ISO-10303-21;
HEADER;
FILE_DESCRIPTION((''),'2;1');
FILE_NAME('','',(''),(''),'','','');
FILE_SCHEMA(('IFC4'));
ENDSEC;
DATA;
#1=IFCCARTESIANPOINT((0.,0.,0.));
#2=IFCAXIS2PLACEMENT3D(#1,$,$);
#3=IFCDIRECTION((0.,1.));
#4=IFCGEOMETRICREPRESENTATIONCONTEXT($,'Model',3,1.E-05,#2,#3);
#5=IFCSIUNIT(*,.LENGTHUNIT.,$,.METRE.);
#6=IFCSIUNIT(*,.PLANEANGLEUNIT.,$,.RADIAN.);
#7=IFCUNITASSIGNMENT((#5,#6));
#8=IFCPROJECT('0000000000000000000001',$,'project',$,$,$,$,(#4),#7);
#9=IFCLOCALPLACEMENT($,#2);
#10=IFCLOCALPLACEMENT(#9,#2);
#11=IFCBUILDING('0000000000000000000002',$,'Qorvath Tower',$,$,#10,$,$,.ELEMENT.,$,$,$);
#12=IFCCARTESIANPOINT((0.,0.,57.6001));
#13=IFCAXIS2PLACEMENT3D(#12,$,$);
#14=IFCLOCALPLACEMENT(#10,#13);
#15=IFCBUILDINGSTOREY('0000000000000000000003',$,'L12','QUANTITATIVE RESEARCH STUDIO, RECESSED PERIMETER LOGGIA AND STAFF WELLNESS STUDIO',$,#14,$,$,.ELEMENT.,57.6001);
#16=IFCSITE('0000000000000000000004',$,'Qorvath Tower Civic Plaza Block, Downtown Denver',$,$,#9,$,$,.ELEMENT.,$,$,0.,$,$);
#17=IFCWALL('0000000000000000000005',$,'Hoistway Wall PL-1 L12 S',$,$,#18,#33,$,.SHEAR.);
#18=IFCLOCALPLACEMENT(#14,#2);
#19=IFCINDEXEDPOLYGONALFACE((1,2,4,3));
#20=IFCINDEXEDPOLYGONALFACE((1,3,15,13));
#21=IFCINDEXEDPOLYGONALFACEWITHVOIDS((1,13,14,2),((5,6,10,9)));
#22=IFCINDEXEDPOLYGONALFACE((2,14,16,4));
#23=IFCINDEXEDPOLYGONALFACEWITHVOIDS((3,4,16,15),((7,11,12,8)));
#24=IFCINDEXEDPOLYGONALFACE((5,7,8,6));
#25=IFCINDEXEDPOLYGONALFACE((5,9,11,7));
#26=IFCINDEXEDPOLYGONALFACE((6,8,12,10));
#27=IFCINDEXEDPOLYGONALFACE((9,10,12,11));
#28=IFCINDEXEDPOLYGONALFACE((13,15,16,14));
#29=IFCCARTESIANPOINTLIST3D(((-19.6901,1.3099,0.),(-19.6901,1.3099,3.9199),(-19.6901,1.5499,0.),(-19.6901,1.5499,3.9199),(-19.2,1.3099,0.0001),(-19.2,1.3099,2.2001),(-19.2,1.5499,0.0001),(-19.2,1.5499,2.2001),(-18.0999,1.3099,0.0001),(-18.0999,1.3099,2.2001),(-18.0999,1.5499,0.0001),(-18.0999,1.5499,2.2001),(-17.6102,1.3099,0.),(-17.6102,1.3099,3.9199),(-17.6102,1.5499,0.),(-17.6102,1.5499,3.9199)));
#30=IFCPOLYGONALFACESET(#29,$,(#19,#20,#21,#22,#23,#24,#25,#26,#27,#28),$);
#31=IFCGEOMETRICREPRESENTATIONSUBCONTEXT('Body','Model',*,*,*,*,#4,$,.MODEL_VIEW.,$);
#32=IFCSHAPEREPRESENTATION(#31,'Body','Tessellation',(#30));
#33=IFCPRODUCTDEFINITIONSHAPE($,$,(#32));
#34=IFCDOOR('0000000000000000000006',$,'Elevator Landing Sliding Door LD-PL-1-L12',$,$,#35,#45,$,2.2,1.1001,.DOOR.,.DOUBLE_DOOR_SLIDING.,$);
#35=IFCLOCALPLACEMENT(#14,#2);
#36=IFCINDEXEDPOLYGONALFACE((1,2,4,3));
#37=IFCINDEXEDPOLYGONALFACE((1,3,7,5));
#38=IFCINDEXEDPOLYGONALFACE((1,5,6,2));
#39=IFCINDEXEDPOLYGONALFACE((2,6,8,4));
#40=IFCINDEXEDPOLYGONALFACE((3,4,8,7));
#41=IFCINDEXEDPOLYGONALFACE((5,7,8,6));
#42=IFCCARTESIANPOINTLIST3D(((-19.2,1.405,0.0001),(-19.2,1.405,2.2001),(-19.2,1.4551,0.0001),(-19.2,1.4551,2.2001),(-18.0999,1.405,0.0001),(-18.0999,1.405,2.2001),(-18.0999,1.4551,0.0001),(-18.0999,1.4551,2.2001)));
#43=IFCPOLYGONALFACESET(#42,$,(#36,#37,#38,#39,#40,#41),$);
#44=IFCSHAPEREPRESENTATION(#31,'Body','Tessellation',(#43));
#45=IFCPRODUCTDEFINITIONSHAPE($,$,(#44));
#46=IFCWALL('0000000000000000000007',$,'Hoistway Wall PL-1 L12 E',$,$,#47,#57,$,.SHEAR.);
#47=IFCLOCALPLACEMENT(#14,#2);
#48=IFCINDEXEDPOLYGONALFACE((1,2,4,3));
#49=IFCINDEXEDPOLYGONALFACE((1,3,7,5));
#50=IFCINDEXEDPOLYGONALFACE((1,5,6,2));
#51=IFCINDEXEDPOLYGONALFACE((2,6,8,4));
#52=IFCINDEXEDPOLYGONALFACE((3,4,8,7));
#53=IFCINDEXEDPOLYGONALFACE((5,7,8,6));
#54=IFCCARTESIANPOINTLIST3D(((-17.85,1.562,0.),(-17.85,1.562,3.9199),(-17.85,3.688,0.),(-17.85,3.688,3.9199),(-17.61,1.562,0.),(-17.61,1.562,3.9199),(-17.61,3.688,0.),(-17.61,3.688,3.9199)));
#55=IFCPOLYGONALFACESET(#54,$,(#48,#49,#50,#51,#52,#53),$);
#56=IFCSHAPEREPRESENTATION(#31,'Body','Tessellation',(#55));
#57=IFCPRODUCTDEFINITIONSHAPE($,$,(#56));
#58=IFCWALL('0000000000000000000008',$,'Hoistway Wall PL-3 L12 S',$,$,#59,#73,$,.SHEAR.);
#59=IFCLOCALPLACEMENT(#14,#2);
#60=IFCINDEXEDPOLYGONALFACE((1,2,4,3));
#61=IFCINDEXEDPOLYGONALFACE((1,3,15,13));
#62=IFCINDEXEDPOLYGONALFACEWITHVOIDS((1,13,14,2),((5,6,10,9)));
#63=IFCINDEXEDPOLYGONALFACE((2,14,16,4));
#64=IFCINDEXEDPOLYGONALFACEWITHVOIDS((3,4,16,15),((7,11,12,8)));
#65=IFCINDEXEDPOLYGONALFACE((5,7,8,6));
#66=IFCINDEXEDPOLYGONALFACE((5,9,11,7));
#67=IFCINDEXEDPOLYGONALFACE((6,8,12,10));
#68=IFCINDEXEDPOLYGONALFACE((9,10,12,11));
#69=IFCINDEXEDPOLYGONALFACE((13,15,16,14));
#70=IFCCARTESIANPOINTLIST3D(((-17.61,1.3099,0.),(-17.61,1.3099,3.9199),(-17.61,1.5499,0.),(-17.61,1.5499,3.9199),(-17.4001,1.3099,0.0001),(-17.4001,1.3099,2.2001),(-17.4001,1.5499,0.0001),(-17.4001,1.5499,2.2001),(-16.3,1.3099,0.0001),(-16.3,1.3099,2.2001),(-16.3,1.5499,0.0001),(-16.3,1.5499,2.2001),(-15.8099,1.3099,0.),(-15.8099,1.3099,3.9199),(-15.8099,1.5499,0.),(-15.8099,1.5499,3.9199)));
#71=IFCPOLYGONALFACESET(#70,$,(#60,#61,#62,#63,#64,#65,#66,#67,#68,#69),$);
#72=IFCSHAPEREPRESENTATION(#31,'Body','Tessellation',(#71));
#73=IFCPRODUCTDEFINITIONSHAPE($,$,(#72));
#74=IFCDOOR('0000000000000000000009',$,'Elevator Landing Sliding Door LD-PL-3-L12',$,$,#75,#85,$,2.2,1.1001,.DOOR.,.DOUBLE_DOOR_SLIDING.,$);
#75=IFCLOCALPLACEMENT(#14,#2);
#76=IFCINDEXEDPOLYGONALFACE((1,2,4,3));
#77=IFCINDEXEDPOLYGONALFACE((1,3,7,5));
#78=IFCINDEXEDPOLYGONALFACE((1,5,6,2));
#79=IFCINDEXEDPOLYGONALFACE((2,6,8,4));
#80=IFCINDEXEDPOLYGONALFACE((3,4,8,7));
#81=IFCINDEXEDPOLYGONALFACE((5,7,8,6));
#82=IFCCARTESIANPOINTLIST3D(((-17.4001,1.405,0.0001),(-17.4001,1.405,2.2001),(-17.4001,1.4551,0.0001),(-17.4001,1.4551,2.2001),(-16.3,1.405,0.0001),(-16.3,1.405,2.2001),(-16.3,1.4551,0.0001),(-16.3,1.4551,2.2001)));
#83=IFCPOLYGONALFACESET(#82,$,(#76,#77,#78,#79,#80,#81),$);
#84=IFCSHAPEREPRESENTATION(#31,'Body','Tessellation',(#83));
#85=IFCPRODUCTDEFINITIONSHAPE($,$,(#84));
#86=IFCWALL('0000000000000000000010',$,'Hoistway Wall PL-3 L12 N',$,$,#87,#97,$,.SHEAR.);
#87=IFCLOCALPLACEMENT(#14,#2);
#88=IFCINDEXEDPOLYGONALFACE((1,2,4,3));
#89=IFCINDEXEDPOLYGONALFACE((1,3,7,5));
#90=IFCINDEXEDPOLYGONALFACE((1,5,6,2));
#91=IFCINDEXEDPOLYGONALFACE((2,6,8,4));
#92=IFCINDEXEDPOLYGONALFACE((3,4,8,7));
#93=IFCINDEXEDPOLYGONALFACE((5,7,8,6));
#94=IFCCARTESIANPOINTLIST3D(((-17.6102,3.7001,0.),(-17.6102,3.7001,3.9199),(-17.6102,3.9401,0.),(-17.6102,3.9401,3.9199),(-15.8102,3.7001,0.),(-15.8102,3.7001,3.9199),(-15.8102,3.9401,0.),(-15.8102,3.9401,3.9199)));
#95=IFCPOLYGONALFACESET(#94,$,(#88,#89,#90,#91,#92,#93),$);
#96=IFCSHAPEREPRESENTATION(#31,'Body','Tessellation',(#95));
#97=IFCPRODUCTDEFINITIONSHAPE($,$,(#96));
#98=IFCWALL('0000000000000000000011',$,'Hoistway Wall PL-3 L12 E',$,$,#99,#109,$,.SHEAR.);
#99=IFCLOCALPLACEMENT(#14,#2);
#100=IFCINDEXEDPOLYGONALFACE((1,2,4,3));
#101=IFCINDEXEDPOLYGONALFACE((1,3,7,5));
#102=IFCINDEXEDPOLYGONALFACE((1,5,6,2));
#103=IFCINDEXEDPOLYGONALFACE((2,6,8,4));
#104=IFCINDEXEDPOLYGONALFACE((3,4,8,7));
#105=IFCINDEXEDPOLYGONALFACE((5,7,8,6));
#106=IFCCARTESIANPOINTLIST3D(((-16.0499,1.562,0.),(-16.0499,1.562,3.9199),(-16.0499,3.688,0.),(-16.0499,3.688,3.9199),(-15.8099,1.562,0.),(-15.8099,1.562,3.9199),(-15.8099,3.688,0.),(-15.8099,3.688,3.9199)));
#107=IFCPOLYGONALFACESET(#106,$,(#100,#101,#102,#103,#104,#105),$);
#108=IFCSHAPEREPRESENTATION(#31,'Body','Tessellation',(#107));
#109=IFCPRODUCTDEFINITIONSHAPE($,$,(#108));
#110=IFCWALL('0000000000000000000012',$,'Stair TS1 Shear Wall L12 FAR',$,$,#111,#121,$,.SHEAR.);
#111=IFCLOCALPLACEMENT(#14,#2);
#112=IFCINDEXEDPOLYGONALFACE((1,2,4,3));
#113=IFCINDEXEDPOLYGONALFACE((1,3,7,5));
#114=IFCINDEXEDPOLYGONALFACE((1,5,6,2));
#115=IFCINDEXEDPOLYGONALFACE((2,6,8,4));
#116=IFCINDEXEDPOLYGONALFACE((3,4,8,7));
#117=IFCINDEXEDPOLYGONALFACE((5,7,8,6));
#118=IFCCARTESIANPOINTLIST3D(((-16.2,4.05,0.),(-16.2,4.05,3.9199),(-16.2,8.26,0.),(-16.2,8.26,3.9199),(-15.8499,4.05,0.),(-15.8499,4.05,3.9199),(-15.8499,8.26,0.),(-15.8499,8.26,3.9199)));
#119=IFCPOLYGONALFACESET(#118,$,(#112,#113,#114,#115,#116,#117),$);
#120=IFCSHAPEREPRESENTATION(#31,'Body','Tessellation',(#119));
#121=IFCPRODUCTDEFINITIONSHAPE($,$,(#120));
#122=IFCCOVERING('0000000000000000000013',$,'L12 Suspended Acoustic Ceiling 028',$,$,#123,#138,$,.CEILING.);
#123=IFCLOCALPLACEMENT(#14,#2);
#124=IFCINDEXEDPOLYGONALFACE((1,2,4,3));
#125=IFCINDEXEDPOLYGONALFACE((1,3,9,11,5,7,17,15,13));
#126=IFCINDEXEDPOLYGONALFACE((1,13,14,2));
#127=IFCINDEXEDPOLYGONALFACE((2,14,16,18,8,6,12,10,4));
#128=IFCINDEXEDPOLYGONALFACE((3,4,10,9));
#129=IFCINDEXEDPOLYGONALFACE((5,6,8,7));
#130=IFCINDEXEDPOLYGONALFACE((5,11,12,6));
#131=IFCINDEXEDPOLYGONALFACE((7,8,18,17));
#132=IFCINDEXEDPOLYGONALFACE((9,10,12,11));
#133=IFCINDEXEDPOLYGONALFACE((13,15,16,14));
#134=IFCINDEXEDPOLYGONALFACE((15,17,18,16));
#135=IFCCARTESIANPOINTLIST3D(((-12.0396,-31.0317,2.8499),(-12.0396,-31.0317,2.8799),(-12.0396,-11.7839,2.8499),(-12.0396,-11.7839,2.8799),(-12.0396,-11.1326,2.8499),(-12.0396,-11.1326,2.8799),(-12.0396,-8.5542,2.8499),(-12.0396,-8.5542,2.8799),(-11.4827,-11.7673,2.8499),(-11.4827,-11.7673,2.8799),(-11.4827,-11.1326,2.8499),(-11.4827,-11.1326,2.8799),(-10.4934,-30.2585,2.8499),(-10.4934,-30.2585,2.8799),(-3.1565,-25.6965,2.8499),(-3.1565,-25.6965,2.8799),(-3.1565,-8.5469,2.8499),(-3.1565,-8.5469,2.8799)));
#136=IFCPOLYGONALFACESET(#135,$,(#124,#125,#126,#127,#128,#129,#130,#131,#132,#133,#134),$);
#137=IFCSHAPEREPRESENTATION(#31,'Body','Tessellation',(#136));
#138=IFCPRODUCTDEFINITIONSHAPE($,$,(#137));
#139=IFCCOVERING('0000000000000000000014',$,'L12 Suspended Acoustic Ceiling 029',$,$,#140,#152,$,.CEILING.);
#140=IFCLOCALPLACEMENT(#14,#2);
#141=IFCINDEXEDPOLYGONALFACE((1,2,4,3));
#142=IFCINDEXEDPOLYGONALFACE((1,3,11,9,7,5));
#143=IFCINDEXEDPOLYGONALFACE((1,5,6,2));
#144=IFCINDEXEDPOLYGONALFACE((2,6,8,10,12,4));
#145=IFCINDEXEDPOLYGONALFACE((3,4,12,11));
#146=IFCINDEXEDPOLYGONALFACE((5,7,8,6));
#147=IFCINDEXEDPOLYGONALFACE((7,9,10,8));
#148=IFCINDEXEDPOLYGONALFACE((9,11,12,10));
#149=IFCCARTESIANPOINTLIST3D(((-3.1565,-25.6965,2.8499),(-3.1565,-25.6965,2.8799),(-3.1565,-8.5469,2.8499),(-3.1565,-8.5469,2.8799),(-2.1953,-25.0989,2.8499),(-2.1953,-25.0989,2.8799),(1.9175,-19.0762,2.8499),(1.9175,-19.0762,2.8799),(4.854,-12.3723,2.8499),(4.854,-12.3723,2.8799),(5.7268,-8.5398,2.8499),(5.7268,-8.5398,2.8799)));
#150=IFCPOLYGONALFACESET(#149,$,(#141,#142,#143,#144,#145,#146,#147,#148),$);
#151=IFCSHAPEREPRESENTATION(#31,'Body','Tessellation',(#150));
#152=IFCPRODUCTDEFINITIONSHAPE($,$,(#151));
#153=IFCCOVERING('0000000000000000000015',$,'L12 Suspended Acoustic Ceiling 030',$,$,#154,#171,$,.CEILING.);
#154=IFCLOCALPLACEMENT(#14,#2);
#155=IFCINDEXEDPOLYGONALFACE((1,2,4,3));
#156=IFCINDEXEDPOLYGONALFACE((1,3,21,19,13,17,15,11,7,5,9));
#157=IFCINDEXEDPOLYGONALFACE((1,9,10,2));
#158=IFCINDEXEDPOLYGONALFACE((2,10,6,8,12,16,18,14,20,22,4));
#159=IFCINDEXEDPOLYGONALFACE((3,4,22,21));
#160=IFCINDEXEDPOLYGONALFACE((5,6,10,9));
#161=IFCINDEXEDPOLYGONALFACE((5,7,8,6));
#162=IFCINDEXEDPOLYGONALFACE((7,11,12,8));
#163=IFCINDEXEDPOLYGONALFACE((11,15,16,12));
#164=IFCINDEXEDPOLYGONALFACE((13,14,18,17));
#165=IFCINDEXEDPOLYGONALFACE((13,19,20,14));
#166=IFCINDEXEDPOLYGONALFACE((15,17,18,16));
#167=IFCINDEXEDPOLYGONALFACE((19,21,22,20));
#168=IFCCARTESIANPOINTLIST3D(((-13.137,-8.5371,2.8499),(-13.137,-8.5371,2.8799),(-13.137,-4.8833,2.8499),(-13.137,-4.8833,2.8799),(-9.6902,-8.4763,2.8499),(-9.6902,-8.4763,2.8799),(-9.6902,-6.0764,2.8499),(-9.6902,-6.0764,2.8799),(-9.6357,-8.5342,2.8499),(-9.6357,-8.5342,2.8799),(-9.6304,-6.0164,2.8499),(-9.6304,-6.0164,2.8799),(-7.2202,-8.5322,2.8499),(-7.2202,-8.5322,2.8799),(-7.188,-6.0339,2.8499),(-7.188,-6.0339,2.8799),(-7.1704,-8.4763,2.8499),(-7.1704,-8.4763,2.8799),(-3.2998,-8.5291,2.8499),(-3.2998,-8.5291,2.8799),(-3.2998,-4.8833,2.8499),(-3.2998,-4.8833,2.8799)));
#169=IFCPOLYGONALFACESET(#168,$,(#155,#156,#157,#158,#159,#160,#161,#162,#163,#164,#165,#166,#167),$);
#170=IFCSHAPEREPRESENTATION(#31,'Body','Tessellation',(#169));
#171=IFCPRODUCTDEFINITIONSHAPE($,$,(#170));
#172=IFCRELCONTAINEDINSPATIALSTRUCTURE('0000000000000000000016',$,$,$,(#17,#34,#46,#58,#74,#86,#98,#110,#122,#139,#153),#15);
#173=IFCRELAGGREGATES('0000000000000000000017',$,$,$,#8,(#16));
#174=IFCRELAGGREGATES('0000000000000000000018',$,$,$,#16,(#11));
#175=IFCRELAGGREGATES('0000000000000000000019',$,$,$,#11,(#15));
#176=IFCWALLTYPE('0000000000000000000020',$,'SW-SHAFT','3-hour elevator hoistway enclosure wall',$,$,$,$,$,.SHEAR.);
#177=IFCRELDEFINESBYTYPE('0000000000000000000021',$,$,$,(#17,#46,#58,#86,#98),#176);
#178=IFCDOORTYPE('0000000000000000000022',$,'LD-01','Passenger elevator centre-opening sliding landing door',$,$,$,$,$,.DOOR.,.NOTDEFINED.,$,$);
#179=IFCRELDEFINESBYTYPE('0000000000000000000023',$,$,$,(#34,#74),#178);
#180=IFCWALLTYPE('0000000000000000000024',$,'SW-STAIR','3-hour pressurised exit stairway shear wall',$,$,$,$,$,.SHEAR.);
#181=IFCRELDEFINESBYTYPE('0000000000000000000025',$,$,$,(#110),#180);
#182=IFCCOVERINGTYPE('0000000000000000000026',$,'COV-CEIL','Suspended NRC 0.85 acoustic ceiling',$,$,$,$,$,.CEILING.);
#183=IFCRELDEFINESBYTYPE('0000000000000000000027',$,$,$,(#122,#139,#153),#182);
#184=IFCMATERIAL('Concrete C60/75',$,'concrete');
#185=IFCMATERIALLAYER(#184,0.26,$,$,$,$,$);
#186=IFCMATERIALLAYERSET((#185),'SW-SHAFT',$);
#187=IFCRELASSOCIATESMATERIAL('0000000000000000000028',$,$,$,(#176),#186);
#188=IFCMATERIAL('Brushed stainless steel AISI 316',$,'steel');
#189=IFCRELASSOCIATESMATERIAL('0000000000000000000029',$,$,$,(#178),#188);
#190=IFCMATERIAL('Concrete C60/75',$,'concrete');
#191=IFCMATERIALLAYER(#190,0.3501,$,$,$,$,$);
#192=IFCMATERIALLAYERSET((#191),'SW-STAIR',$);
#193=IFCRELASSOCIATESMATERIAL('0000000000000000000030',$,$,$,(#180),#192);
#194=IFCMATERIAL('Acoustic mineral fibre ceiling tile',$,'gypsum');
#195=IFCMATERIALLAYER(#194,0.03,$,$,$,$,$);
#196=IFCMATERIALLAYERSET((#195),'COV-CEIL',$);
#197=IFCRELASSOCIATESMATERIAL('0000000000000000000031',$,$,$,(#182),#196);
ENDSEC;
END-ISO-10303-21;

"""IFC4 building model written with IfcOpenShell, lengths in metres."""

from ifc_helpers import new_model, si_unit, direction, frame, frame_2d, origin, place, context, subcontext, project, spatial, polyline, rectangle, outline, extrude, material, layer, layer_set, type_object, element, fill, save


model = new_model("IFC4")

# Units and contexts
model_context = context("Model", 3, precision=1e-05, world=origin(), true_north=direction((0.0, 1.0)))
body_context = subcontext(model_context, "Body", "Model", "MODEL_VIEW")
ifc_project = project(units=[si_unit("LENGTHUNIT", "METRE"), si_unit("PLANEANGLEUNIT", "RADIAN")], contexts=[model_context])

# Site, building, storey
site_placement = place(None, origin())
site = spatial("IfcSite", under=ifc_project, at=site_placement, Name="Qorvath Tower Civic Plaza Block, Downtown Denver", CompositionType="ELEMENT", RefElevation=0.0)
building_placement = place(site_placement, origin())
building = spatial("IfcBuilding", under=site, at=building_placement, Name="Qorvath Tower", CompositionType="ELEMENT")
storey_placement = place(building_placement, frame((0.0, 0.0, 57.6001)))
storey = spatial("IfcBuildingStorey", under=building, at=storey_placement, Name="L12", Description="QUANTITATIVE RESEARCH STUDIO, RECESSED PERIMETER LOGGIA AND STAFF WELLNESS STUDIO", CompositionType="ELEMENT", Elevation=57.6001)

# Wall, opening, door
ifc_material_1 = material(Name="Concrete C60/75", Category="concrete")
ifc_layer_1 = layer(ifc_material_1, 0.26)
ifc_layer_set_1 = layer_set([ifc_layer_1], Name="SW-SHAFT")
wall_type_1 = type_object("IfcWallType", Name="SW-SHAFT", Description="3-hour elevator hoistway enclosure wall", PredefinedType="SHEAR", material=ifc_layer_set_1)
wall_1_placement = place(storey_placement, frame((-17.6101, 1.4299, 0.0), z_axis=(0.0, 0.0, 1.0), x_axis=(-1.0, 0.0, 0.0)))
wall_1 = element("IfcWall", 1, at=wall_1_placement, inside=storey, type_object=wall_type_1, Name="Hoistway Wall PL-1 L12 S", PredefinedType="SHEAR", context=body_context, shape_type="SweptSolid", body=[
    extrude(rectangle(XDim=2.0798, YDim=0.24, at=frame_2d((1.04, 0.0))), origin(), (0.0, 0.0, 1.0), 3.9199),
])
opening_1_placement = place(wall_1_placement, frame((0.4897, 0.0, 0.0)))
opening_1 = element("IfcOpeningElement", 2, at=opening_1_placement, cuts=wall_1, PredefinedType="OPENING", context=body_context, shape_type="SweptSolid", body=[
    extrude(rectangle(XDim=1.1001, YDim=2.2, at=frame_2d((0.55, 1.1001))), frame((0.0, 0.1299, 0.0), z_axis=(0.0, -1.0, 0.0), x_axis=(1.0, 0.0, 0.0)), (0.0, 0.0, 1.0), 0.26),
])
ifc_material_2 = material(Name="Brushed stainless steel AISI 316", Category="steel")
door_type_1 = type_object("IfcDoorType", Name="LD-01", Description="Passenger elevator centre-opening sliding landing door", OperationType="NOTDEFINED", PredefinedType="DOOR", material=ifc_material_2)
door_1_placement = place(opening_1_placement, origin())
door_1 = element("IfcDoor", 3, at=door_1_placement, inside=storey, type_object=door_type_1, Name="Elevator Landing Sliding Door LD-PL-1-L12", OperationType="DOUBLE_DOOR_SLIDING", OverallHeight=2.2, OverallWidth=1.1001, PredefinedType="DOOR", context=body_context, shape_type="SweptSolid", body=[
    extrude(rectangle(XDim=1.1001, YDim=2.2, at=frame_2d((0.55, 1.1001))), frame((0.0, 0.0249, 0.0), z_axis=(0.0, -1.0, 0.0), x_axis=(1.0, 0.0, 0.0)), (0.0, 0.0, 1.0), 0.05),
])
fill(opening_1, door_1)

# Wall
wall_2_placement = place(storey_placement, frame((-17.73, 3.688, 0.0), z_axis=(0.0, 0.0, 1.0), x_axis=(0.0, -1.0, 0.0)))
element("IfcWall", 4, at=wall_2_placement, inside=storey, type_object=wall_type_1, Name="Hoistway Wall PL-1 L12 E", PredefinedType="SHEAR", context=body_context, shape_type="SweptSolid", body=[
    extrude(rectangle(XDim=2.126, YDim=0.24, at=frame_2d((1.063, 0.0))), origin(), (0.0, 0.0, 1.0), 3.9199),
])

# Wall, opening, door
wall_3_placement = place(storey_placement, frame((-15.8101, 1.4299, 0.0), z_axis=(0.0, 0.0, 1.0), x_axis=(-1.0, 0.0, 0.0)))
wall_3 = element("IfcWall", 5, at=wall_3_placement, inside=storey, type_object=wall_type_1, Name="Hoistway Wall PL-3 L12 S", PredefinedType="SHEAR", context=body_context, shape_type="SweptSolid", body=[
    extrude(rectangle(XDim=1.8, YDim=0.24, at=frame_2d((0.8999, 0.0))), origin(), (0.0, 0.0, 1.0), 3.9199),
])
opening_2_placement = place(wall_3_placement, frame((0.49, 0.0, 0.0)))
opening_2 = element("IfcOpeningElement", 6, at=opening_2_placement, cuts=wall_3, PredefinedType="OPENING", context=body_context, shape_type="SweptSolid", body=[
    extrude(rectangle(XDim=1.1001, YDim=2.2, at=frame_2d((0.55, 1.1001))), frame((0.0, 0.1299, 0.0), z_axis=(0.0, -1.0, 0.0), x_axis=(1.0, 0.0, 0.0)), (0.0, 0.0, 1.0), 0.26),
])
door_2_placement = place(opening_2_placement, origin())
door_2 = element("IfcDoor", 7, at=door_2_placement, inside=storey, type_object=door_type_1, Name="Elevator Landing Sliding Door LD-PL-3-L12", OperationType="DOUBLE_DOOR_SLIDING", OverallHeight=2.2, OverallWidth=1.1001, PredefinedType="DOOR", context=body_context, shape_type="SweptSolid", body=[
    extrude(rectangle(XDim=1.1001, YDim=2.2, at=frame_2d((0.55, 1.1001))), frame((0.0, 0.0249, 0.0), z_axis=(0.0, -1.0, 0.0), x_axis=(1.0, 0.0, 0.0)), (0.0, 0.0, 1.0), 0.05),
])
fill(opening_2, door_2)

# Walls
wall_4_placement = place(storey_placement, frame((-17.6101, 3.8201, 0.0), z_axis=(0.0, 0.0, 1.0), x_axis=(1.0, 0.0, 0.0)))
element("IfcWall", 8, at=wall_4_placement, inside=storey, type_object=wall_type_1, Name="Hoistway Wall PL-3 L12 N", PredefinedType="SHEAR", context=body_context, shape_type="SweptSolid", body=[
    extrude(rectangle(XDim=1.8, YDim=0.24, at=frame_2d((0.8999, 0.0))), origin(), (0.0, 0.0, 1.0), 3.9199),
])
wall_5_placement = place(storey_placement, frame((-15.9299, 3.688, 0.0), z_axis=(0.0, 0.0, 1.0), x_axis=(0.0, -1.0, 0.0)))
element("IfcWall", 9, at=wall_5_placement, inside=storey, type_object=wall_type_1, Name="Hoistway Wall PL-3 L12 E", PredefinedType="SHEAR", context=body_context, shape_type="SweptSolid", body=[
    extrude(rectangle(XDim=2.126, YDim=0.24, at=frame_2d((1.063, 0.0))), origin(), (0.0, 0.0, 1.0), 3.9199),
])
ifc_material_3 = material(Name="Concrete C60/75", Category="concrete")
ifc_layer_2 = layer(ifc_material_3, 0.3501)
ifc_layer_set_2 = layer_set([ifc_layer_2], Name="SW-STAIR")
wall_type_2 = type_object("IfcWallType", Name="SW-STAIR", Description="3-hour pressurised exit stairway shear wall", PredefinedType="SHEAR", material=ifc_layer_set_2)
wall_6_placement = place(storey_placement, frame((-16.0249, 4.05, 0.0), z_axis=(0.0, 0.0, 1.0), x_axis=(0.0, 1.0, 0.0)))
element("IfcWall", 10, at=wall_6_placement, inside=storey, type_object=wall_type_2, Name="Stair TS1 Shear Wall L12 FAR", PredefinedType="SHEAR", context=body_context, shape_type="SweptSolid", body=[
    extrude(rectangle(XDim=4.21, YDim=0.3501, at=frame_2d((2.105, 0.0))), origin(), (0.0, 0.0, 1.0), 3.9199),
])

# Coverings
ifc_material_4 = material(Name="Acoustic mineral fibre ceiling tile", Category="gypsum")
ifc_layer_3 = layer(ifc_material_4, 0.03)
ifc_layer_set_3 = layer_set([ifc_layer_3], Name="COV-CEIL")
covering_type_1 = type_object("IfcCoveringType", Name="COV-CEIL", Description="Suspended NRC 0.85 acoustic ceiling", PredefinedType="CEILING", material=ifc_layer_set_3)
covering_1_placement = place(storey_placement, frame((0.0, 0.0, 2.8499)))
element("IfcCovering", 11, at=covering_1_placement, inside=storey, type_object=covering_type_1, Name="L12 Suspended Acoustic Ceiling 028", PredefinedType="CEILING", context=body_context, shape_type="SweptSolid", body=[
    extrude(outline(polyline([(-12.0396, -8.5542), (-12.0396, -11.1326), (-11.4827, -11.1326), (-11.4827, -11.7673), (-12.0396, -11.7839), (-12.0396, -31.0317), (-10.4934, -30.2585), (-3.1565, -25.6965), (-3.1565, -8.5469), (-12.0396, -8.5542)])), origin(), (0.0, 0.0, 1.0), 0.03),
])
covering_2_placement = place(storey_placement, frame((0.0, 0.0, 2.8499)))
element("IfcCovering", 12, at=covering_2_placement, inside=storey, type_object=covering_type_1, Name="L12 Suspended Acoustic Ceiling 029", PredefinedType="CEILING", context=body_context, shape_type="SweptSolid", body=[
    extrude(outline(polyline([(-3.1565, -8.5469), (-3.1565, -25.6965), (-2.1953, -25.0989), (1.9175, -19.0762), (4.854, -12.3723), (5.7268, -8.5398), (-3.1565, -8.5469)])), origin(), (0.0, 0.0, 1.0), 0.03),
])
covering_3_placement = place(storey_placement, frame((0.0, 0.0, 2.8499)))
element("IfcCovering", 13, at=covering_3_placement, inside=storey, type_object=covering_type_1, Name="L12 Suspended Acoustic Ceiling 030", PredefinedType="CEILING", context=body_context, shape_type="SweptSolid", body=[
    extrude(outline(polyline([(-3.2998, -8.5291), (-3.2998, -4.8833), (-13.137, -4.8833), (-13.137, -8.5371), (-9.6357, -8.5342), (-9.6902, -8.4763), (-9.6902, -6.0764), (-9.6304, -6.0164), (-7.188, -6.0339), (-7.1704, -8.4763), (-7.2202, -8.5322), (-3.2998, -8.5291)])), origin(), (0.0, 0.0, 1.0), 0.03),
])

save(model, "model.ifc")
